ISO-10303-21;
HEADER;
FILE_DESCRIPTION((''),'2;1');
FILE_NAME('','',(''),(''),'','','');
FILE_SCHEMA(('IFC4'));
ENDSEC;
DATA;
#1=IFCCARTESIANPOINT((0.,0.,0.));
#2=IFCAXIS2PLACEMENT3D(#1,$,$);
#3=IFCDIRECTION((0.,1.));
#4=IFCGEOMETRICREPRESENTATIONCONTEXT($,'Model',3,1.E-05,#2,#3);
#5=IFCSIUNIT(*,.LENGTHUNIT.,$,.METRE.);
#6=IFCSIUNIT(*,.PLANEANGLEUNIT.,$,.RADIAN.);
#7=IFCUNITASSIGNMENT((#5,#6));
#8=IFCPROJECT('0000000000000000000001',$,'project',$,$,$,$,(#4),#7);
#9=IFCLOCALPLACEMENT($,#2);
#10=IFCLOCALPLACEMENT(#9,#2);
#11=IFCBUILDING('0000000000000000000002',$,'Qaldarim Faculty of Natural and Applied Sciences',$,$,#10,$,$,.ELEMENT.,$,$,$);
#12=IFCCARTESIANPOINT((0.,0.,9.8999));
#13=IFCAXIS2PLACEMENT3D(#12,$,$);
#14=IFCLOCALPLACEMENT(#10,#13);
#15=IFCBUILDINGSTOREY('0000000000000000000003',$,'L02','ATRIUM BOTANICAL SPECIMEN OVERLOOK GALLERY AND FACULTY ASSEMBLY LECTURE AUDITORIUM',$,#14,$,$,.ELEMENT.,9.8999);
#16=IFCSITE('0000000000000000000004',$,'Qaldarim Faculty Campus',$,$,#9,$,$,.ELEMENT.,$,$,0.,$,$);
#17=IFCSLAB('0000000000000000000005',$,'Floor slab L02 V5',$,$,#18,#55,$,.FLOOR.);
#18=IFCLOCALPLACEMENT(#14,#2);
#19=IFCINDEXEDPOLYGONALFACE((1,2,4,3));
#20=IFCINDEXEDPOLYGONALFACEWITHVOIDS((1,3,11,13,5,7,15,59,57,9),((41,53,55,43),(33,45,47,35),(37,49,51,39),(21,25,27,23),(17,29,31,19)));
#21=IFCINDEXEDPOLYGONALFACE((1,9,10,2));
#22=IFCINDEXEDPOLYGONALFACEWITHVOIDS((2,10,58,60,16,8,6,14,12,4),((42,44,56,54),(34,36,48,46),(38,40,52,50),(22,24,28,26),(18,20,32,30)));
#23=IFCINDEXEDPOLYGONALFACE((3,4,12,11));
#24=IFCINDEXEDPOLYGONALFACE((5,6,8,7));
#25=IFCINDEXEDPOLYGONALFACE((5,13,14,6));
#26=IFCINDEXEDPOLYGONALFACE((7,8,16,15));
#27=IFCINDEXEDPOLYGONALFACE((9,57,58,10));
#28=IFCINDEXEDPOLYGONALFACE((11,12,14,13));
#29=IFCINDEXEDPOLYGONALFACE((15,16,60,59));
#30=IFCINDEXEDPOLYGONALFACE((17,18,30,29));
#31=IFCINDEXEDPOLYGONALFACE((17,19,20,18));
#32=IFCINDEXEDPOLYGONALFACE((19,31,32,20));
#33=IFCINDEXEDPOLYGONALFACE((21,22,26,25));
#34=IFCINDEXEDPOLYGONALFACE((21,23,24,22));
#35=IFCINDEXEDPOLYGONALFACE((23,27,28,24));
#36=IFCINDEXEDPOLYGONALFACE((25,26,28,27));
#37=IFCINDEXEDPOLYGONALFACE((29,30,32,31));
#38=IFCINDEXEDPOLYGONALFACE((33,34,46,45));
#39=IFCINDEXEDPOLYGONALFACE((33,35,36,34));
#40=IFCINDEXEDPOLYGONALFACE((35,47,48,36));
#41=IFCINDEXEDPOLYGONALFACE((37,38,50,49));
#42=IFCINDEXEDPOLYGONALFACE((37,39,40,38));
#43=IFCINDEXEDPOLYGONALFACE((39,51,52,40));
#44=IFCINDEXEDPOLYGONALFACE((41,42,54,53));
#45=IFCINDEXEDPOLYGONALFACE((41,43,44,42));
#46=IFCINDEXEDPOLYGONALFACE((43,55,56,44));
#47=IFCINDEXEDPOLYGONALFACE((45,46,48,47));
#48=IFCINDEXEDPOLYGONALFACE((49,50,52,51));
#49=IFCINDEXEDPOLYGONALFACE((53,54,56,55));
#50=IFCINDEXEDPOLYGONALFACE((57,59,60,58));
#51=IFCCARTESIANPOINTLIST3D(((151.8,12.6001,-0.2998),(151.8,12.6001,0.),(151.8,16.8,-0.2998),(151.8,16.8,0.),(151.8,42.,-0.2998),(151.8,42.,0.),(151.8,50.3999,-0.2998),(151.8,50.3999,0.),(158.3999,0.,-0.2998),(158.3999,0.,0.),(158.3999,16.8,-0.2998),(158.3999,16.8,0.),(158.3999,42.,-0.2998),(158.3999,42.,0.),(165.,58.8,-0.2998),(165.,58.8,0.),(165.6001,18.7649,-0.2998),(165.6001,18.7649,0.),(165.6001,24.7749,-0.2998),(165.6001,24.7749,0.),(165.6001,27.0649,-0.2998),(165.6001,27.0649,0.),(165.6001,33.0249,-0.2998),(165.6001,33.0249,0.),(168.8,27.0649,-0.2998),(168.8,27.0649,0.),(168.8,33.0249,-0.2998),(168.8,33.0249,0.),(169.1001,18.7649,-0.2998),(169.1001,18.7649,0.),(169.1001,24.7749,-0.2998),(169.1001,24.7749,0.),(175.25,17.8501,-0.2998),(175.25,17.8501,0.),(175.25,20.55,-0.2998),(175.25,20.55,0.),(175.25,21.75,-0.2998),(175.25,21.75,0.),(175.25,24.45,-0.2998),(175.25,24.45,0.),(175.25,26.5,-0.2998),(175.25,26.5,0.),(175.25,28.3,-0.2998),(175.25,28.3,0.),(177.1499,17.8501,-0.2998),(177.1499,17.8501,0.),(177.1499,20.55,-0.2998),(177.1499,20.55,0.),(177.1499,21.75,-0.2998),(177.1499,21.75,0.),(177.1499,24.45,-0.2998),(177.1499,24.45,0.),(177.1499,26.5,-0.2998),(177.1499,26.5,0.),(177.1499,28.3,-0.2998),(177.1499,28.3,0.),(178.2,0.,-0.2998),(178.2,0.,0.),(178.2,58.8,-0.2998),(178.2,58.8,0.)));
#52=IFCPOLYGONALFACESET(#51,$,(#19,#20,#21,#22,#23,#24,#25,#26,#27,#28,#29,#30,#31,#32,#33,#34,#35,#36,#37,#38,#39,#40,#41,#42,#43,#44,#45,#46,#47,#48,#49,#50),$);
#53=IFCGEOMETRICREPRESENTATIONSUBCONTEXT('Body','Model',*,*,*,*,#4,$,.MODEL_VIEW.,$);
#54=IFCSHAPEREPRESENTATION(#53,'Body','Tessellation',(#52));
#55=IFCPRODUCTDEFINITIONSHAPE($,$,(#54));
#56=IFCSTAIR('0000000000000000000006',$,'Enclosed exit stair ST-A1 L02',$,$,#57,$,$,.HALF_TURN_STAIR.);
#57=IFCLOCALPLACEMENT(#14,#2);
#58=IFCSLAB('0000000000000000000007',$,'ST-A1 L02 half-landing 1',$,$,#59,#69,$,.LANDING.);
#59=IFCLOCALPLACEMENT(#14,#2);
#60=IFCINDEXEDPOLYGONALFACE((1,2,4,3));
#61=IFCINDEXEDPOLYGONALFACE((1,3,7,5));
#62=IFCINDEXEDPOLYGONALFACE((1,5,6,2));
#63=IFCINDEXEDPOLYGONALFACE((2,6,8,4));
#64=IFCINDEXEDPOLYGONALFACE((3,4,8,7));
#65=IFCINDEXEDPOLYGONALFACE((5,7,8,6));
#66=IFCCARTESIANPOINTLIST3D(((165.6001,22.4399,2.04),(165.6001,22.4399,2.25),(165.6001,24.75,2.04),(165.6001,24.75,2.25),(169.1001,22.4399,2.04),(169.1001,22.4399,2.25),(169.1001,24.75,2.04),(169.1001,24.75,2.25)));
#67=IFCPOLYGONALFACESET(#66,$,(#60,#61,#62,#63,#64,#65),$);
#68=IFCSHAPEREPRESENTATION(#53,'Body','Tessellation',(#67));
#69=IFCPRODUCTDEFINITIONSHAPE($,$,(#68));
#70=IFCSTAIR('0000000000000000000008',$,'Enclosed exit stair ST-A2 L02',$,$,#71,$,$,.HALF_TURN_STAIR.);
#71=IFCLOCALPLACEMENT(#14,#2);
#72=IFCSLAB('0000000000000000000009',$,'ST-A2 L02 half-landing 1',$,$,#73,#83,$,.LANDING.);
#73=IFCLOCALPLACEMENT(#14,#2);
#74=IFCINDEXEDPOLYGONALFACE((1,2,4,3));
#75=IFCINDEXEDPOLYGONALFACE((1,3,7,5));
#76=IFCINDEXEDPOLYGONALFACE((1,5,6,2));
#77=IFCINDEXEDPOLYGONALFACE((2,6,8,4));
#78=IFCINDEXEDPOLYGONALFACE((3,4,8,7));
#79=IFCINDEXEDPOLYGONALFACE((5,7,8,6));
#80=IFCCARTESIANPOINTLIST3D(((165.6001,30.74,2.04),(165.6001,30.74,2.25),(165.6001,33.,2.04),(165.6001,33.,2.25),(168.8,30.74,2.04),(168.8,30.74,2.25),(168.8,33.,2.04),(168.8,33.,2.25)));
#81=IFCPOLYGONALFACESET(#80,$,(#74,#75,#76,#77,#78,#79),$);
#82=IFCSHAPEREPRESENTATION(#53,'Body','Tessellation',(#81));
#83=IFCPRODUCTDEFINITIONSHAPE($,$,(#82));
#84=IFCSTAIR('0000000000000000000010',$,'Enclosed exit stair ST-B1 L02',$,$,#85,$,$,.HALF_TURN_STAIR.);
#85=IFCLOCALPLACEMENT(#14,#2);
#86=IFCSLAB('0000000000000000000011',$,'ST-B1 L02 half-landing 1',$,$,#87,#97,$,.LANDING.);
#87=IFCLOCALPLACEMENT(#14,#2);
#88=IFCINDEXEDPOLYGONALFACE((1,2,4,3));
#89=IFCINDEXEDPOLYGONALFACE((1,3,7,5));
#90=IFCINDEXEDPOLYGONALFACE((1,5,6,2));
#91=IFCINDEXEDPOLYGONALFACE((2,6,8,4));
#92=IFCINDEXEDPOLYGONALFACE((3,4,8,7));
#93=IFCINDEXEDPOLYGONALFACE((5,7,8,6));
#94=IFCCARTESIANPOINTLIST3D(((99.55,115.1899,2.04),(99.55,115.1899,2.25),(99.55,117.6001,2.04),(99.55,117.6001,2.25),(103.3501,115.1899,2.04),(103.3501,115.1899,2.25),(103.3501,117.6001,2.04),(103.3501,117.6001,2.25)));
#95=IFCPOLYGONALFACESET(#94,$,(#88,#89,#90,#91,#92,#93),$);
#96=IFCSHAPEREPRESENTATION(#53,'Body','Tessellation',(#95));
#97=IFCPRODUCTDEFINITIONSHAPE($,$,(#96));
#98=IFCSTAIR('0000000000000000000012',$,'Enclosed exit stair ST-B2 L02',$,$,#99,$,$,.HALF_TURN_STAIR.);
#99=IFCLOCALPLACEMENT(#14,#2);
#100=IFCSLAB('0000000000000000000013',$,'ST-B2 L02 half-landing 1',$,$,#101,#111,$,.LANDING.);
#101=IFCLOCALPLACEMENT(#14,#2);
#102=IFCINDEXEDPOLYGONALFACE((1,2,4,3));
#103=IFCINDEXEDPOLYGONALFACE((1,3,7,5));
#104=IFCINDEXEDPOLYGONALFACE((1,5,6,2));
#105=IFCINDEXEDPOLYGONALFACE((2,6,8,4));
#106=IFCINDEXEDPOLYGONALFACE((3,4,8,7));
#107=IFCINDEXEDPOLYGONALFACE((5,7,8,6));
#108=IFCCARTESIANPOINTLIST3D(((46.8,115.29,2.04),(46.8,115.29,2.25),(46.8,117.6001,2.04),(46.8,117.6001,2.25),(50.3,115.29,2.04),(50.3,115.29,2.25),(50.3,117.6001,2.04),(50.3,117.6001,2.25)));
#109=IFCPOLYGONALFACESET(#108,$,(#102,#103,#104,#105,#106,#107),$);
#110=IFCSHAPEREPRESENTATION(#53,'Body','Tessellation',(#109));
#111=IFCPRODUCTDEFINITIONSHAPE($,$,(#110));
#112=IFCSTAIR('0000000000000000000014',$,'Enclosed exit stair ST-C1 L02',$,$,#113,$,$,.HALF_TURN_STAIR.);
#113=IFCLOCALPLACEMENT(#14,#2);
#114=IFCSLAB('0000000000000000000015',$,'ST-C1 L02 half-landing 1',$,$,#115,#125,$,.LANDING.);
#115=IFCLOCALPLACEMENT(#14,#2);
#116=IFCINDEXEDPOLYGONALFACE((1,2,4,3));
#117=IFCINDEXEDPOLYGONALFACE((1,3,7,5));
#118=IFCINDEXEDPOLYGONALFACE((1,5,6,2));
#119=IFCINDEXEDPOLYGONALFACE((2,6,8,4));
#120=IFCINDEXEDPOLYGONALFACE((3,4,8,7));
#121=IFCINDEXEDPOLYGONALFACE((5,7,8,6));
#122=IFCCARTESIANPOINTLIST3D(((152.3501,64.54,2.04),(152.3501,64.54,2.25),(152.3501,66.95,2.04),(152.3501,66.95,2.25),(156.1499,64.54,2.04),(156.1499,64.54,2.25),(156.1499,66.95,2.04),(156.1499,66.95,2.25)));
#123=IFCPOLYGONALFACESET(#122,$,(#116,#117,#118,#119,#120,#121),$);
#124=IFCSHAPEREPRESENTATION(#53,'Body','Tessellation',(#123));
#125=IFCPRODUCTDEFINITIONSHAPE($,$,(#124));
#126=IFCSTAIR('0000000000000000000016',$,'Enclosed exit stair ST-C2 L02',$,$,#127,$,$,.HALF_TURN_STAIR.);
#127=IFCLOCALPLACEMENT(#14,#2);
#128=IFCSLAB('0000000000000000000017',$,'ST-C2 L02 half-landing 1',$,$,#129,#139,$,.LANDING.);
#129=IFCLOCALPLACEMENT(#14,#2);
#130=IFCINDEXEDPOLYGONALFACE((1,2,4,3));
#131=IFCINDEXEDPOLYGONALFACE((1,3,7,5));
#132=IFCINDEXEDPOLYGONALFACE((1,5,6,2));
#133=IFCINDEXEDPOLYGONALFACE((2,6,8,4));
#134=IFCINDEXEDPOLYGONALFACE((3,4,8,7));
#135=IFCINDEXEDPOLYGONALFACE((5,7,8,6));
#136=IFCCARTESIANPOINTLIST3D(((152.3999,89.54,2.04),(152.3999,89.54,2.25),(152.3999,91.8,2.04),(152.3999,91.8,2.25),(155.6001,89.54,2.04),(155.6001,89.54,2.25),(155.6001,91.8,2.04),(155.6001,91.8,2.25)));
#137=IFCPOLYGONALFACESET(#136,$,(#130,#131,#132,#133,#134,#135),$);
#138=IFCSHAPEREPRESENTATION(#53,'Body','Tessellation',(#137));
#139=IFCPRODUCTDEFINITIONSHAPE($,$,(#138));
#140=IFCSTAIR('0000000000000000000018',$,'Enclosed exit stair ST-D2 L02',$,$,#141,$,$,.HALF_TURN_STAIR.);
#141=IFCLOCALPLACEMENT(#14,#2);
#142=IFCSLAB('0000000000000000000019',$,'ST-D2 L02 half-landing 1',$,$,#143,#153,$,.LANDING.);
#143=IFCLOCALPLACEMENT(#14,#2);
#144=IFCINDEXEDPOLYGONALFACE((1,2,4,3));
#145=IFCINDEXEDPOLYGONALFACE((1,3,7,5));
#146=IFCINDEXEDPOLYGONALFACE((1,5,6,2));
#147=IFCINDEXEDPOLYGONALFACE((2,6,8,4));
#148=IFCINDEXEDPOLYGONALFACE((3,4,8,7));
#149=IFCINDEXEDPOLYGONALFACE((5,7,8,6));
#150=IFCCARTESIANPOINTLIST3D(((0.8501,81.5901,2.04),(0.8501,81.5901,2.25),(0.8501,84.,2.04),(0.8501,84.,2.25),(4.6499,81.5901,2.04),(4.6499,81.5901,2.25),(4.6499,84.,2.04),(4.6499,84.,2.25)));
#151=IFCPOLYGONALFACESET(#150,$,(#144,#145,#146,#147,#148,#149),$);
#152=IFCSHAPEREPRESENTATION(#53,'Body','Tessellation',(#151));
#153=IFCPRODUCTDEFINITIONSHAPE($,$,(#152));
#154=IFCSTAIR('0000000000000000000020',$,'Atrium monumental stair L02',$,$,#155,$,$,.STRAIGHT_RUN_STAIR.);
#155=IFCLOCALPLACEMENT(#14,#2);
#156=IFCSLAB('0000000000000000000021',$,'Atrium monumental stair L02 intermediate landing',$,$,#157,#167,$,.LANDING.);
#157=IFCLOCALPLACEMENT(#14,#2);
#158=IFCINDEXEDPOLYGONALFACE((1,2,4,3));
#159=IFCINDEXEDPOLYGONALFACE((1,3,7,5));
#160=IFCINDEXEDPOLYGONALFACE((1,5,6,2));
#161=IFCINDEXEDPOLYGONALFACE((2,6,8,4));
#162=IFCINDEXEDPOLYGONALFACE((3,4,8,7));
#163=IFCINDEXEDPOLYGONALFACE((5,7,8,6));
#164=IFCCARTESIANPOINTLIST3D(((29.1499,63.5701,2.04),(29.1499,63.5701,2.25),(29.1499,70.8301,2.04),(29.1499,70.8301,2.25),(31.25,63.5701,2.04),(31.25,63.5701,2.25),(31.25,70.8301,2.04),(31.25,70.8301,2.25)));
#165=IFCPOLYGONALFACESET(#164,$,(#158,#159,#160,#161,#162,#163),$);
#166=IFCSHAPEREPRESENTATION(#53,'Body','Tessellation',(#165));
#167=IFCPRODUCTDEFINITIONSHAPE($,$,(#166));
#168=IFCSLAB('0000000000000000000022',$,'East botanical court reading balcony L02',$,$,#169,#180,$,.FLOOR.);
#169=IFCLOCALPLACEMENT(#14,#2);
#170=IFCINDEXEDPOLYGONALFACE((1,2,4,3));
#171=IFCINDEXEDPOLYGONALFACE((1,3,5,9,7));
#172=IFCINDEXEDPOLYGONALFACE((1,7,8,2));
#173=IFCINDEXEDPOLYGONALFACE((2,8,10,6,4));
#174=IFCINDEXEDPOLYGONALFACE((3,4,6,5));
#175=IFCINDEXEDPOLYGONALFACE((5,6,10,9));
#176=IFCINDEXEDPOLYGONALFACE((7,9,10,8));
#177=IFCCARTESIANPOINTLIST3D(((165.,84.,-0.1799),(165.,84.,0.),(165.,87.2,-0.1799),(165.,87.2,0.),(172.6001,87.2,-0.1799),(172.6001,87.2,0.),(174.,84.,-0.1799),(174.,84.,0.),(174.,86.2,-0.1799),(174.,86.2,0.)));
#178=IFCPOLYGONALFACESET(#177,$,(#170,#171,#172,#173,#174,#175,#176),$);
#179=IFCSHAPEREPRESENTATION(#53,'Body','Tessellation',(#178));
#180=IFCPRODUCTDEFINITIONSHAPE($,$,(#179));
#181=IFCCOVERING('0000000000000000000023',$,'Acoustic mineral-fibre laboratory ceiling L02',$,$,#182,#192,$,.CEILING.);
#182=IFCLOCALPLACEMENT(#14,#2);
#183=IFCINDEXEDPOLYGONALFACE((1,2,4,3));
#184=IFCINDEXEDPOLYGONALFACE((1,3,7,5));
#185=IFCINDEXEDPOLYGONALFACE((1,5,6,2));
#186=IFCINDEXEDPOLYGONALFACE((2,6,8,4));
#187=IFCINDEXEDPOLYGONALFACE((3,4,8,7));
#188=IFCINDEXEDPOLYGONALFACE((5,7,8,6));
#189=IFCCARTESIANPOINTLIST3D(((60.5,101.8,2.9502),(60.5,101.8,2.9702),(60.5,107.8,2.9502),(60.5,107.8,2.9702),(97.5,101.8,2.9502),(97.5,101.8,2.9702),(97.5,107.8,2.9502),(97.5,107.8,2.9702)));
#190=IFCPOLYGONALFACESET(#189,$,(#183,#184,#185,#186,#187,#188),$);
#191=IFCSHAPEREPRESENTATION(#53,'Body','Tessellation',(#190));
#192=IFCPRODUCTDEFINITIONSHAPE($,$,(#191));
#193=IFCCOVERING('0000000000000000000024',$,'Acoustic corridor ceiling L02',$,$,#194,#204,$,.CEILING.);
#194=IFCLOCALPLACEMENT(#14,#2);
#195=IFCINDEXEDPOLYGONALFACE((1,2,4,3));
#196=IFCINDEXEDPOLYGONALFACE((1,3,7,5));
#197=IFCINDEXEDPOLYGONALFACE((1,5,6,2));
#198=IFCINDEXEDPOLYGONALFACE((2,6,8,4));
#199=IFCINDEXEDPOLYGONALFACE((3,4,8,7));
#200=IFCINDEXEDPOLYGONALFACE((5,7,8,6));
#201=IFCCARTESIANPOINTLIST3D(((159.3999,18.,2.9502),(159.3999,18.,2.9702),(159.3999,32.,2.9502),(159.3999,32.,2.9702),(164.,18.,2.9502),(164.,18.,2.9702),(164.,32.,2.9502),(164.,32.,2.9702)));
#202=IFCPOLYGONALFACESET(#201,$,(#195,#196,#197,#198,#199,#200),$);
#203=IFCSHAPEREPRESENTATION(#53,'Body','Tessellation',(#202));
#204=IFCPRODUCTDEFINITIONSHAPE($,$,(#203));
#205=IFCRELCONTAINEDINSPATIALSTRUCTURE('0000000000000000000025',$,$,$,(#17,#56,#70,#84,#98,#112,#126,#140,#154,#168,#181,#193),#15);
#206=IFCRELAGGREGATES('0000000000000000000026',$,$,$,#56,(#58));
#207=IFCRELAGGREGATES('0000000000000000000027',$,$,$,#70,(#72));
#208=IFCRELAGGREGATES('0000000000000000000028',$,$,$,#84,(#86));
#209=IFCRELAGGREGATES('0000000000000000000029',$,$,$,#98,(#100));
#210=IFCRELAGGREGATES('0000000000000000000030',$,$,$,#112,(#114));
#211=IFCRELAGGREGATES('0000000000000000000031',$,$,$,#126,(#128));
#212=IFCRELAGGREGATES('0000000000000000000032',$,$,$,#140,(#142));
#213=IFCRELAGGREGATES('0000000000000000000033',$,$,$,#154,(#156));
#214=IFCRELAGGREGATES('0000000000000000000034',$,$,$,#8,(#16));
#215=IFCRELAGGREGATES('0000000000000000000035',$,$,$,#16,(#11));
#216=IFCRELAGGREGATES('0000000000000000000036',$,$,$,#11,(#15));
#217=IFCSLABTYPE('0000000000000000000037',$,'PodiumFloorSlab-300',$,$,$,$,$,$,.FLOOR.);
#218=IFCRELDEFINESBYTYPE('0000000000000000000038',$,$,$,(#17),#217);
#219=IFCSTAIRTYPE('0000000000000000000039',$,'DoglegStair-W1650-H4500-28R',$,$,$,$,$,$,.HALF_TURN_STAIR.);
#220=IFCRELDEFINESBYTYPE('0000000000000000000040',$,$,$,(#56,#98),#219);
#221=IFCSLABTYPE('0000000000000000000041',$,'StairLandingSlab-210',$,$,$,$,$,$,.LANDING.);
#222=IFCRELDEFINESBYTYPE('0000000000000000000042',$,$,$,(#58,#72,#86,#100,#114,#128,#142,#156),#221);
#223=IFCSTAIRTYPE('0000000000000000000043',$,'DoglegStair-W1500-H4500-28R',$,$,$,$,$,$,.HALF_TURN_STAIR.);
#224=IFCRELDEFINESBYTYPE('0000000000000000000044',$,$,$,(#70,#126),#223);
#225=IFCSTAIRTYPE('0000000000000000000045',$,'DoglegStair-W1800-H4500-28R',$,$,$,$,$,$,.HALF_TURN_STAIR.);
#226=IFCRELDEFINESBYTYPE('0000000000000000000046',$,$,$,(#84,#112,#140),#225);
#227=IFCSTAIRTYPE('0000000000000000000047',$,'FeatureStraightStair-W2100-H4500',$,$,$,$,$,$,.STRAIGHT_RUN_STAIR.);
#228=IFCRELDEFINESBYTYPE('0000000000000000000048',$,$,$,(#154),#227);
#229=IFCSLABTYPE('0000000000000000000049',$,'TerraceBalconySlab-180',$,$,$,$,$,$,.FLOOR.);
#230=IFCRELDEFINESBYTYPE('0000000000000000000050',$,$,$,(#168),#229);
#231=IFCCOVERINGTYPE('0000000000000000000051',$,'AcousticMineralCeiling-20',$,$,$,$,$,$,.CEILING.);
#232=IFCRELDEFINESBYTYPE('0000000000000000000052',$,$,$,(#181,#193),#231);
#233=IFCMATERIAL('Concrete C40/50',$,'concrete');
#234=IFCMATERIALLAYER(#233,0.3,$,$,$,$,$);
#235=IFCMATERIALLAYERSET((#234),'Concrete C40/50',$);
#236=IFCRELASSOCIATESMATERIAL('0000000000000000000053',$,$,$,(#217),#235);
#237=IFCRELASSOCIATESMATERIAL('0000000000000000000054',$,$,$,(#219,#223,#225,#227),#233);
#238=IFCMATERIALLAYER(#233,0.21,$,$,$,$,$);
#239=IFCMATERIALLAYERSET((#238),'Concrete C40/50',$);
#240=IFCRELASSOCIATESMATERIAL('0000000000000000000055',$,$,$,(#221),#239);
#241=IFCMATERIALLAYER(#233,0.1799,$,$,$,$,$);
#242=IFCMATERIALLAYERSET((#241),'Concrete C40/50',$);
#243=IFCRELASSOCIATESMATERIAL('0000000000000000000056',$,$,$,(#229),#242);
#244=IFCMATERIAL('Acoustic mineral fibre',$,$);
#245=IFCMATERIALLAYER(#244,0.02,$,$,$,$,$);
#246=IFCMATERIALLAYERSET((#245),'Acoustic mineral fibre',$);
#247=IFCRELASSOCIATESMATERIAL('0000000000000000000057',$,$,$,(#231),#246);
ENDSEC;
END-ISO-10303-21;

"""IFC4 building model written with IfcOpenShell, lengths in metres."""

from ifc_helpers import new_model, si_unit, direction, frame, origin, place, context, subcontext, project, spatial, polyline, outline, extrude, material, layer, layer_set, type_object, element, aggregate, save


model = new_model("IFC4")

# Units and contexts
model_context = context("Model", 3, precision=1e-05, world=origin(), true_north=direction((0.0, 1.0)))
body_context = subcontext(model_context, "Body", "Model", "MODEL_VIEW")
ifc_project = project(units=[si_unit("LENGTHUNIT", "METRE"), si_unit("PLANEANGLEUNIT", "RADIAN")], contexts=[model_context])

# Site, building, storey
site_placement = place(None, origin())
site = spatial("IfcSite", under=ifc_project, at=site_placement, Name="Qaldarim Faculty Campus", CompositionType="ELEMENT", RefElevation=0.0)
building_placement = place(site_placement, origin())
building = spatial("IfcBuilding", under=site, at=building_placement, Name="Qaldarim Faculty of Natural and Applied Sciences", CompositionType="ELEMENT")
storey_placement = place(building_placement, frame((0.0, 0.0, 9.8999)))
storey = spatial("IfcBuildingStorey", under=building, at=storey_placement, Name="L02", Description="ATRIUM BOTANICAL SPECIMEN OVERLOOK GALLERY AND FACULTY ASSEMBLY LECTURE AUDITORIUM", CompositionType="ELEMENT", Elevation=9.8999)

# Slab
ifc_material_1 = material(Name="Concrete C40/50", Category="concrete")
ifc_layer_1 = layer(ifc_material_1, 0.3)
ifc_layer_set_1 = layer_set([ifc_layer_1], Name="Concrete C40/50")
slab_type_1 = type_object("IfcSlabType", Name="PodiumFloorSlab-300", PredefinedType="FLOOR", material=ifc_layer_set_1)
slab_1_placement = place(storey_placement, frame((0.0, 0.0, -0.2998)))
element("IfcSlab", 1, at=slab_1_placement, inside=storey, type_object=slab_type_1, Name="Floor slab L02 V5", PredefinedType="FLOOR", context=body_context, shape_type="SweptSolid", body=[
    extrude(outline(polyline([(158.3999, 0.0), (178.2, 0.0), (178.2, 58.8), (165.0, 58.8), (151.8, 50.3999), (151.8, 42.0), (158.3999, 42.0), (158.3999, 16.8), (151.8, 16.8), (151.8, 12.6001), (158.3999, 0.0)]), holes=[polyline([(169.1001, 18.7649), (169.1001, 24.7749), (165.6001, 24.7749), (165.6001, 18.7649), (169.1001, 18.7649)]), polyline([(168.8, 27.0649), (168.8, 33.0249), (165.6001, 33.0249), (165.6001, 27.0649), (168.8, 27.0649)]), polyline([(175.25, 17.8501), (177.1499, 17.8501), (177.1499, 20.55), (175.25, 20.55), (175.25, 17.8501)]), polyline([(175.25, 21.75), (177.1499, 21.75), (177.1499, 24.45), (175.25, 24.45), (175.25, 21.75)]), polyline([(175.25, 26.5), (177.1499, 26.5), (177.1499, 28.3), (175.25, 28.3), (175.25, 26.5)])]), origin(), (0.0, 0.0, 1.0), 0.2998),
])

# Stairs, slabs
stair_type_1 = type_object("IfcStairType", Name="DoglegStair-W1650-H4500-28R", PredefinedType="HALF_TURN_STAIR", material=ifc_material_1)
stair_1_placement = place(storey_placement, origin())
stair_1 = element("IfcStair", 2, at=stair_1_placement, inside=storey, type_object=stair_type_1, Name="Enclosed exit stair ST-A1 L02", PredefinedType="HALF_TURN_STAIR")
ifc_layer_2 = layer(ifc_material_1, 0.21)
ifc_layer_set_2 = layer_set([ifc_layer_2], Name="Concrete C40/50")
slab_type_2 = type_object("IfcSlabType", Name="StairLandingSlab-210", PredefinedType="LANDING", material=ifc_layer_set_2)
slab_2_placement = place(storey_placement, frame((0.0, 0.0, 2.04)))
slab_2 = element("IfcSlab", 3, at=slab_2_placement, type_object=slab_type_2, Name="ST-A1 L02 half-landing 1", PredefinedType="LANDING", context=body_context, shape_type="SweptSolid", body=[
    extrude(outline(polyline([(169.1001, 22.4399), (169.1001, 24.75), (165.6001, 24.75), (165.6001, 22.4399), (169.1001, 22.4399)])), origin(), (0.0, 0.0, 1.0), 0.21),
])
aggregate(stair_1, [slab_2])
stair_type_2 = type_object("IfcStairType", Name="DoglegStair-W1500-H4500-28R", PredefinedType="HALF_TURN_STAIR", material=ifc_material_1)
stair_2_placement = place(storey_placement, origin())
stair_2 = element("IfcStair", 4, at=stair_2_placement, inside=storey, type_object=stair_type_2, Name="Enclosed exit stair ST-A2 L02", PredefinedType="HALF_TURN_STAIR")
slab_3_placement = place(storey_placement, frame((0.0, 0.0, 2.04)))
slab_3 = element("IfcSlab", 5, at=slab_3_placement, type_object=slab_type_2, Name="ST-A2 L02 half-landing 1", PredefinedType="LANDING", context=body_context, shape_type="SweptSolid", body=[
    extrude(outline(polyline([(168.8, 30.74), (168.8, 33.0), (165.6001, 33.0), (165.6001, 30.74), (168.8, 30.74)])), origin(), (0.0, 0.0, 1.0), 0.21),
])
aggregate(stair_2, [slab_3])
stair_type_3 = type_object("IfcStairType", Name="DoglegStair-W1800-H4500-28R", PredefinedType="HALF_TURN_STAIR", material=ifc_material_1)
stair_3_placement = place(storey_placement, origin())
stair_3 = element("IfcStair", 6, at=stair_3_placement, inside=storey, type_object=stair_type_3, Name="Enclosed exit stair ST-B1 L02", PredefinedType="HALF_TURN_STAIR")
slab_4_placement = place(storey_placement, frame((0.0, 0.0, 2.04)))
slab_4 = element("IfcSlab", 7, at=slab_4_placement, type_object=slab_type_2, Name="ST-B1 L02 half-landing 1", PredefinedType="LANDING", context=body_context, shape_type="SweptSolid", body=[
    extrude(outline(polyline([(103.3501, 115.1899), (103.3501, 117.6001), (99.55, 117.6001), (99.55, 115.1899), (103.3501, 115.1899)])), origin(), (0.0, 0.0, 1.0), 0.21),
])
aggregate(stair_3, [slab_4])
stair_4_placement = place(storey_placement, origin())
stair_4 = element("IfcStair", 8, at=stair_4_placement, inside=storey, type_object=stair_type_1, Name="Enclosed exit stair ST-B2 L02", PredefinedType="HALF_TURN_STAIR")
slab_5_placement = place(storey_placement, frame((0.0, 0.0, 2.04)))
slab_5 = element("IfcSlab", 9, at=slab_5_placement, type_object=slab_type_2, Name="ST-B2 L02 half-landing 1", PredefinedType="LANDING", context=body_context, shape_type="SweptSolid", body=[
    extrude(outline(polyline([(50.3, 115.29), (50.3, 117.6001), (46.8, 117.6001), (46.8, 115.29), (50.3, 115.29)])), origin(), (0.0, 0.0, 1.0), 0.21),
])
aggregate(stair_4, [slab_5])
stair_5_placement = place(storey_placement, origin())
stair_5 = element("IfcStair", 10, at=stair_5_placement, inside=storey, type_object=stair_type_3, Name="Enclosed exit stair ST-C1 L02", PredefinedType="HALF_TURN_STAIR")
slab_6_placement = place(storey_placement, frame((0.0, 0.0, 2.04)))
slab_6 = element("IfcSlab", 11, at=slab_6_placement, type_object=slab_type_2, Name="ST-C1 L02 half-landing 1", PredefinedType="LANDING", context=body_context, shape_type="SweptSolid", body=[
    extrude(outline(polyline([(156.1499, 64.54), (156.1499, 66.95), (152.3501, 66.95), (152.3501, 64.54), (156.1499, 64.54)])), origin(), (0.0, 0.0, 1.0), 0.21),
])
aggregate(stair_5, [slab_6])
stair_6_placement = place(storey_placement, origin())
stair_6 = element("IfcStair", 12, at=stair_6_placement, inside=storey, type_object=stair_type_2, Name="Enclosed exit stair ST-C2 L02", PredefinedType="HALF_TURN_STAIR")
slab_7_placement = place(storey_placement, frame((0.0, 0.0, 2.04)))
slab_7 = element("IfcSlab", 13, at=slab_7_placement, type_object=slab_type_2, Name="ST-C2 L02 half-landing 1", PredefinedType="LANDING", context=body_context, shape_type="SweptSolid", body=[
    extrude(outline(polyline([(155.6001, 89.54), (155.6001, 91.8), (152.3999, 91.8), (152.3999, 89.54), (155.6001, 89.54)])), origin(), (0.0, 0.0, 1.0), 0.21),
])
aggregate(stair_6, [slab_7])
stair_7_placement = place(storey_placement, origin())
stair_7 = element("IfcStair", 14, at=stair_7_placement, inside=storey, type_object=stair_type_3, Name="Enclosed exit stair ST-D2 L02", PredefinedType="HALF_TURN_STAIR")
slab_8_placement = place(storey_placement, frame((0.0, 0.0, 2.04)))
slab_8 = element("IfcSlab", 15, at=slab_8_placement, type_object=slab_type_2, Name="ST-D2 L02 half-landing 1", PredefinedType="LANDING", context=body_context, shape_type="SweptSolid", body=[
    extrude(outline(polyline([(4.6499, 81.5901), (4.6499, 84.0), (0.8501, 84.0), (0.8501, 81.5901), (4.6499, 81.5901)])), origin(), (0.0, 0.0, 1.0), 0.21),
])
aggregate(stair_7, [slab_8])
stair_type_4 = type_object("IfcStairType", Name="FeatureStraightStair-W2100-H4500", PredefinedType="STRAIGHT_RUN_STAIR", material=ifc_material_1)
stair_8_placement = place(storey_placement, origin())
stair_8 = element("IfcStair", 16, at=stair_8_placement, inside=storey, type_object=stair_type_4, Name="Atrium monumental stair L02", PredefinedType="STRAIGHT_RUN_STAIR")
slab_9_placement = place(storey_placement, frame((0.0, 0.0, 2.04)))
slab_9 = element("IfcSlab", 17, at=slab_9_placement, type_object=slab_type_2, Name="Atrium monumental stair L02 intermediate landing", PredefinedType="LANDING", context=body_context, shape_type="SweptSolid", body=[
    extrude(outline(polyline([(29.1499, 63.5701), (31.25, 63.5701), (31.25, 70.8301), (29.1499, 70.8301), (29.1499, 63.5701)])), origin(), (0.0, 0.0, 1.0), 0.21),
])
aggregate(stair_8, [slab_9])

# Slab
ifc_layer_3 = layer(ifc_material_1, 0.1799)
ifc_layer_set_3 = layer_set([ifc_layer_3], Name="Concrete C40/50")
slab_type_3 = type_object("IfcSlabType", Name="TerraceBalconySlab-180", PredefinedType="FLOOR", material=ifc_layer_set_3)
slab_10_placement = place(storey_placement, frame((0.0, 0.0, -0.1799)))
element("IfcSlab", 18, at=slab_10_placement, inside=storey, type_object=slab_type_3, Name="East botanical court reading balcony L02", PredefinedType="FLOOR", context=body_context, shape_type="SweptSolid", body=[
    extrude(outline(polyline([(165.0, 84.0), (174.0, 84.0), (174.0, 86.2), (172.6001, 87.2), (165.0, 87.2), (165.0, 84.0)])), origin(), (0.0, 0.0, 1.0), 0.1799),
])

# Coverings
ifc_material_2 = material(Name="Acoustic mineral fibre")
ifc_layer_4 = layer(ifc_material_2, 0.02)
ifc_layer_set_4 = layer_set([ifc_layer_4], Name="Acoustic mineral fibre")
covering_type_1 = type_object("IfcCoveringType", Name="AcousticMineralCeiling-20", PredefinedType="CEILING", material=ifc_layer_set_4)
covering_1_placement = place(storey_placement, frame((0.0, 0.0, 2.9502)))
element("IfcCovering", 19, at=covering_1_placement, inside=storey, type_object=covering_type_1, Name="Acoustic mineral-fibre laboratory ceiling L02", PredefinedType="CEILING", context=body_context, shape_type="SweptSolid", body=[
    extrude(outline(polyline([(60.5, 101.8), (97.5, 101.8), (97.5, 107.8), (60.5, 107.8), (60.5, 101.8)])), origin(), (0.0, 0.0, 1.0), 0.02),
])
covering_2_placement = place(storey_placement, frame((0.0, 0.0, 2.9502)))
element("IfcCovering", 20, at=covering_2_placement, inside=storey, type_object=covering_type_1, Name="Acoustic corridor ceiling L02", PredefinedType="CEILING", context=body_context, shape_type="SweptSolid", body=[
    extrude(outline(polyline([(159.3999, 18.0), (164.0, 18.0), (164.0, 32.0), (159.3999, 32.0), (159.3999, 18.0)])), origin(), (0.0, 0.0, 1.0), 0.02),
])

save(model, "model.ifc")
